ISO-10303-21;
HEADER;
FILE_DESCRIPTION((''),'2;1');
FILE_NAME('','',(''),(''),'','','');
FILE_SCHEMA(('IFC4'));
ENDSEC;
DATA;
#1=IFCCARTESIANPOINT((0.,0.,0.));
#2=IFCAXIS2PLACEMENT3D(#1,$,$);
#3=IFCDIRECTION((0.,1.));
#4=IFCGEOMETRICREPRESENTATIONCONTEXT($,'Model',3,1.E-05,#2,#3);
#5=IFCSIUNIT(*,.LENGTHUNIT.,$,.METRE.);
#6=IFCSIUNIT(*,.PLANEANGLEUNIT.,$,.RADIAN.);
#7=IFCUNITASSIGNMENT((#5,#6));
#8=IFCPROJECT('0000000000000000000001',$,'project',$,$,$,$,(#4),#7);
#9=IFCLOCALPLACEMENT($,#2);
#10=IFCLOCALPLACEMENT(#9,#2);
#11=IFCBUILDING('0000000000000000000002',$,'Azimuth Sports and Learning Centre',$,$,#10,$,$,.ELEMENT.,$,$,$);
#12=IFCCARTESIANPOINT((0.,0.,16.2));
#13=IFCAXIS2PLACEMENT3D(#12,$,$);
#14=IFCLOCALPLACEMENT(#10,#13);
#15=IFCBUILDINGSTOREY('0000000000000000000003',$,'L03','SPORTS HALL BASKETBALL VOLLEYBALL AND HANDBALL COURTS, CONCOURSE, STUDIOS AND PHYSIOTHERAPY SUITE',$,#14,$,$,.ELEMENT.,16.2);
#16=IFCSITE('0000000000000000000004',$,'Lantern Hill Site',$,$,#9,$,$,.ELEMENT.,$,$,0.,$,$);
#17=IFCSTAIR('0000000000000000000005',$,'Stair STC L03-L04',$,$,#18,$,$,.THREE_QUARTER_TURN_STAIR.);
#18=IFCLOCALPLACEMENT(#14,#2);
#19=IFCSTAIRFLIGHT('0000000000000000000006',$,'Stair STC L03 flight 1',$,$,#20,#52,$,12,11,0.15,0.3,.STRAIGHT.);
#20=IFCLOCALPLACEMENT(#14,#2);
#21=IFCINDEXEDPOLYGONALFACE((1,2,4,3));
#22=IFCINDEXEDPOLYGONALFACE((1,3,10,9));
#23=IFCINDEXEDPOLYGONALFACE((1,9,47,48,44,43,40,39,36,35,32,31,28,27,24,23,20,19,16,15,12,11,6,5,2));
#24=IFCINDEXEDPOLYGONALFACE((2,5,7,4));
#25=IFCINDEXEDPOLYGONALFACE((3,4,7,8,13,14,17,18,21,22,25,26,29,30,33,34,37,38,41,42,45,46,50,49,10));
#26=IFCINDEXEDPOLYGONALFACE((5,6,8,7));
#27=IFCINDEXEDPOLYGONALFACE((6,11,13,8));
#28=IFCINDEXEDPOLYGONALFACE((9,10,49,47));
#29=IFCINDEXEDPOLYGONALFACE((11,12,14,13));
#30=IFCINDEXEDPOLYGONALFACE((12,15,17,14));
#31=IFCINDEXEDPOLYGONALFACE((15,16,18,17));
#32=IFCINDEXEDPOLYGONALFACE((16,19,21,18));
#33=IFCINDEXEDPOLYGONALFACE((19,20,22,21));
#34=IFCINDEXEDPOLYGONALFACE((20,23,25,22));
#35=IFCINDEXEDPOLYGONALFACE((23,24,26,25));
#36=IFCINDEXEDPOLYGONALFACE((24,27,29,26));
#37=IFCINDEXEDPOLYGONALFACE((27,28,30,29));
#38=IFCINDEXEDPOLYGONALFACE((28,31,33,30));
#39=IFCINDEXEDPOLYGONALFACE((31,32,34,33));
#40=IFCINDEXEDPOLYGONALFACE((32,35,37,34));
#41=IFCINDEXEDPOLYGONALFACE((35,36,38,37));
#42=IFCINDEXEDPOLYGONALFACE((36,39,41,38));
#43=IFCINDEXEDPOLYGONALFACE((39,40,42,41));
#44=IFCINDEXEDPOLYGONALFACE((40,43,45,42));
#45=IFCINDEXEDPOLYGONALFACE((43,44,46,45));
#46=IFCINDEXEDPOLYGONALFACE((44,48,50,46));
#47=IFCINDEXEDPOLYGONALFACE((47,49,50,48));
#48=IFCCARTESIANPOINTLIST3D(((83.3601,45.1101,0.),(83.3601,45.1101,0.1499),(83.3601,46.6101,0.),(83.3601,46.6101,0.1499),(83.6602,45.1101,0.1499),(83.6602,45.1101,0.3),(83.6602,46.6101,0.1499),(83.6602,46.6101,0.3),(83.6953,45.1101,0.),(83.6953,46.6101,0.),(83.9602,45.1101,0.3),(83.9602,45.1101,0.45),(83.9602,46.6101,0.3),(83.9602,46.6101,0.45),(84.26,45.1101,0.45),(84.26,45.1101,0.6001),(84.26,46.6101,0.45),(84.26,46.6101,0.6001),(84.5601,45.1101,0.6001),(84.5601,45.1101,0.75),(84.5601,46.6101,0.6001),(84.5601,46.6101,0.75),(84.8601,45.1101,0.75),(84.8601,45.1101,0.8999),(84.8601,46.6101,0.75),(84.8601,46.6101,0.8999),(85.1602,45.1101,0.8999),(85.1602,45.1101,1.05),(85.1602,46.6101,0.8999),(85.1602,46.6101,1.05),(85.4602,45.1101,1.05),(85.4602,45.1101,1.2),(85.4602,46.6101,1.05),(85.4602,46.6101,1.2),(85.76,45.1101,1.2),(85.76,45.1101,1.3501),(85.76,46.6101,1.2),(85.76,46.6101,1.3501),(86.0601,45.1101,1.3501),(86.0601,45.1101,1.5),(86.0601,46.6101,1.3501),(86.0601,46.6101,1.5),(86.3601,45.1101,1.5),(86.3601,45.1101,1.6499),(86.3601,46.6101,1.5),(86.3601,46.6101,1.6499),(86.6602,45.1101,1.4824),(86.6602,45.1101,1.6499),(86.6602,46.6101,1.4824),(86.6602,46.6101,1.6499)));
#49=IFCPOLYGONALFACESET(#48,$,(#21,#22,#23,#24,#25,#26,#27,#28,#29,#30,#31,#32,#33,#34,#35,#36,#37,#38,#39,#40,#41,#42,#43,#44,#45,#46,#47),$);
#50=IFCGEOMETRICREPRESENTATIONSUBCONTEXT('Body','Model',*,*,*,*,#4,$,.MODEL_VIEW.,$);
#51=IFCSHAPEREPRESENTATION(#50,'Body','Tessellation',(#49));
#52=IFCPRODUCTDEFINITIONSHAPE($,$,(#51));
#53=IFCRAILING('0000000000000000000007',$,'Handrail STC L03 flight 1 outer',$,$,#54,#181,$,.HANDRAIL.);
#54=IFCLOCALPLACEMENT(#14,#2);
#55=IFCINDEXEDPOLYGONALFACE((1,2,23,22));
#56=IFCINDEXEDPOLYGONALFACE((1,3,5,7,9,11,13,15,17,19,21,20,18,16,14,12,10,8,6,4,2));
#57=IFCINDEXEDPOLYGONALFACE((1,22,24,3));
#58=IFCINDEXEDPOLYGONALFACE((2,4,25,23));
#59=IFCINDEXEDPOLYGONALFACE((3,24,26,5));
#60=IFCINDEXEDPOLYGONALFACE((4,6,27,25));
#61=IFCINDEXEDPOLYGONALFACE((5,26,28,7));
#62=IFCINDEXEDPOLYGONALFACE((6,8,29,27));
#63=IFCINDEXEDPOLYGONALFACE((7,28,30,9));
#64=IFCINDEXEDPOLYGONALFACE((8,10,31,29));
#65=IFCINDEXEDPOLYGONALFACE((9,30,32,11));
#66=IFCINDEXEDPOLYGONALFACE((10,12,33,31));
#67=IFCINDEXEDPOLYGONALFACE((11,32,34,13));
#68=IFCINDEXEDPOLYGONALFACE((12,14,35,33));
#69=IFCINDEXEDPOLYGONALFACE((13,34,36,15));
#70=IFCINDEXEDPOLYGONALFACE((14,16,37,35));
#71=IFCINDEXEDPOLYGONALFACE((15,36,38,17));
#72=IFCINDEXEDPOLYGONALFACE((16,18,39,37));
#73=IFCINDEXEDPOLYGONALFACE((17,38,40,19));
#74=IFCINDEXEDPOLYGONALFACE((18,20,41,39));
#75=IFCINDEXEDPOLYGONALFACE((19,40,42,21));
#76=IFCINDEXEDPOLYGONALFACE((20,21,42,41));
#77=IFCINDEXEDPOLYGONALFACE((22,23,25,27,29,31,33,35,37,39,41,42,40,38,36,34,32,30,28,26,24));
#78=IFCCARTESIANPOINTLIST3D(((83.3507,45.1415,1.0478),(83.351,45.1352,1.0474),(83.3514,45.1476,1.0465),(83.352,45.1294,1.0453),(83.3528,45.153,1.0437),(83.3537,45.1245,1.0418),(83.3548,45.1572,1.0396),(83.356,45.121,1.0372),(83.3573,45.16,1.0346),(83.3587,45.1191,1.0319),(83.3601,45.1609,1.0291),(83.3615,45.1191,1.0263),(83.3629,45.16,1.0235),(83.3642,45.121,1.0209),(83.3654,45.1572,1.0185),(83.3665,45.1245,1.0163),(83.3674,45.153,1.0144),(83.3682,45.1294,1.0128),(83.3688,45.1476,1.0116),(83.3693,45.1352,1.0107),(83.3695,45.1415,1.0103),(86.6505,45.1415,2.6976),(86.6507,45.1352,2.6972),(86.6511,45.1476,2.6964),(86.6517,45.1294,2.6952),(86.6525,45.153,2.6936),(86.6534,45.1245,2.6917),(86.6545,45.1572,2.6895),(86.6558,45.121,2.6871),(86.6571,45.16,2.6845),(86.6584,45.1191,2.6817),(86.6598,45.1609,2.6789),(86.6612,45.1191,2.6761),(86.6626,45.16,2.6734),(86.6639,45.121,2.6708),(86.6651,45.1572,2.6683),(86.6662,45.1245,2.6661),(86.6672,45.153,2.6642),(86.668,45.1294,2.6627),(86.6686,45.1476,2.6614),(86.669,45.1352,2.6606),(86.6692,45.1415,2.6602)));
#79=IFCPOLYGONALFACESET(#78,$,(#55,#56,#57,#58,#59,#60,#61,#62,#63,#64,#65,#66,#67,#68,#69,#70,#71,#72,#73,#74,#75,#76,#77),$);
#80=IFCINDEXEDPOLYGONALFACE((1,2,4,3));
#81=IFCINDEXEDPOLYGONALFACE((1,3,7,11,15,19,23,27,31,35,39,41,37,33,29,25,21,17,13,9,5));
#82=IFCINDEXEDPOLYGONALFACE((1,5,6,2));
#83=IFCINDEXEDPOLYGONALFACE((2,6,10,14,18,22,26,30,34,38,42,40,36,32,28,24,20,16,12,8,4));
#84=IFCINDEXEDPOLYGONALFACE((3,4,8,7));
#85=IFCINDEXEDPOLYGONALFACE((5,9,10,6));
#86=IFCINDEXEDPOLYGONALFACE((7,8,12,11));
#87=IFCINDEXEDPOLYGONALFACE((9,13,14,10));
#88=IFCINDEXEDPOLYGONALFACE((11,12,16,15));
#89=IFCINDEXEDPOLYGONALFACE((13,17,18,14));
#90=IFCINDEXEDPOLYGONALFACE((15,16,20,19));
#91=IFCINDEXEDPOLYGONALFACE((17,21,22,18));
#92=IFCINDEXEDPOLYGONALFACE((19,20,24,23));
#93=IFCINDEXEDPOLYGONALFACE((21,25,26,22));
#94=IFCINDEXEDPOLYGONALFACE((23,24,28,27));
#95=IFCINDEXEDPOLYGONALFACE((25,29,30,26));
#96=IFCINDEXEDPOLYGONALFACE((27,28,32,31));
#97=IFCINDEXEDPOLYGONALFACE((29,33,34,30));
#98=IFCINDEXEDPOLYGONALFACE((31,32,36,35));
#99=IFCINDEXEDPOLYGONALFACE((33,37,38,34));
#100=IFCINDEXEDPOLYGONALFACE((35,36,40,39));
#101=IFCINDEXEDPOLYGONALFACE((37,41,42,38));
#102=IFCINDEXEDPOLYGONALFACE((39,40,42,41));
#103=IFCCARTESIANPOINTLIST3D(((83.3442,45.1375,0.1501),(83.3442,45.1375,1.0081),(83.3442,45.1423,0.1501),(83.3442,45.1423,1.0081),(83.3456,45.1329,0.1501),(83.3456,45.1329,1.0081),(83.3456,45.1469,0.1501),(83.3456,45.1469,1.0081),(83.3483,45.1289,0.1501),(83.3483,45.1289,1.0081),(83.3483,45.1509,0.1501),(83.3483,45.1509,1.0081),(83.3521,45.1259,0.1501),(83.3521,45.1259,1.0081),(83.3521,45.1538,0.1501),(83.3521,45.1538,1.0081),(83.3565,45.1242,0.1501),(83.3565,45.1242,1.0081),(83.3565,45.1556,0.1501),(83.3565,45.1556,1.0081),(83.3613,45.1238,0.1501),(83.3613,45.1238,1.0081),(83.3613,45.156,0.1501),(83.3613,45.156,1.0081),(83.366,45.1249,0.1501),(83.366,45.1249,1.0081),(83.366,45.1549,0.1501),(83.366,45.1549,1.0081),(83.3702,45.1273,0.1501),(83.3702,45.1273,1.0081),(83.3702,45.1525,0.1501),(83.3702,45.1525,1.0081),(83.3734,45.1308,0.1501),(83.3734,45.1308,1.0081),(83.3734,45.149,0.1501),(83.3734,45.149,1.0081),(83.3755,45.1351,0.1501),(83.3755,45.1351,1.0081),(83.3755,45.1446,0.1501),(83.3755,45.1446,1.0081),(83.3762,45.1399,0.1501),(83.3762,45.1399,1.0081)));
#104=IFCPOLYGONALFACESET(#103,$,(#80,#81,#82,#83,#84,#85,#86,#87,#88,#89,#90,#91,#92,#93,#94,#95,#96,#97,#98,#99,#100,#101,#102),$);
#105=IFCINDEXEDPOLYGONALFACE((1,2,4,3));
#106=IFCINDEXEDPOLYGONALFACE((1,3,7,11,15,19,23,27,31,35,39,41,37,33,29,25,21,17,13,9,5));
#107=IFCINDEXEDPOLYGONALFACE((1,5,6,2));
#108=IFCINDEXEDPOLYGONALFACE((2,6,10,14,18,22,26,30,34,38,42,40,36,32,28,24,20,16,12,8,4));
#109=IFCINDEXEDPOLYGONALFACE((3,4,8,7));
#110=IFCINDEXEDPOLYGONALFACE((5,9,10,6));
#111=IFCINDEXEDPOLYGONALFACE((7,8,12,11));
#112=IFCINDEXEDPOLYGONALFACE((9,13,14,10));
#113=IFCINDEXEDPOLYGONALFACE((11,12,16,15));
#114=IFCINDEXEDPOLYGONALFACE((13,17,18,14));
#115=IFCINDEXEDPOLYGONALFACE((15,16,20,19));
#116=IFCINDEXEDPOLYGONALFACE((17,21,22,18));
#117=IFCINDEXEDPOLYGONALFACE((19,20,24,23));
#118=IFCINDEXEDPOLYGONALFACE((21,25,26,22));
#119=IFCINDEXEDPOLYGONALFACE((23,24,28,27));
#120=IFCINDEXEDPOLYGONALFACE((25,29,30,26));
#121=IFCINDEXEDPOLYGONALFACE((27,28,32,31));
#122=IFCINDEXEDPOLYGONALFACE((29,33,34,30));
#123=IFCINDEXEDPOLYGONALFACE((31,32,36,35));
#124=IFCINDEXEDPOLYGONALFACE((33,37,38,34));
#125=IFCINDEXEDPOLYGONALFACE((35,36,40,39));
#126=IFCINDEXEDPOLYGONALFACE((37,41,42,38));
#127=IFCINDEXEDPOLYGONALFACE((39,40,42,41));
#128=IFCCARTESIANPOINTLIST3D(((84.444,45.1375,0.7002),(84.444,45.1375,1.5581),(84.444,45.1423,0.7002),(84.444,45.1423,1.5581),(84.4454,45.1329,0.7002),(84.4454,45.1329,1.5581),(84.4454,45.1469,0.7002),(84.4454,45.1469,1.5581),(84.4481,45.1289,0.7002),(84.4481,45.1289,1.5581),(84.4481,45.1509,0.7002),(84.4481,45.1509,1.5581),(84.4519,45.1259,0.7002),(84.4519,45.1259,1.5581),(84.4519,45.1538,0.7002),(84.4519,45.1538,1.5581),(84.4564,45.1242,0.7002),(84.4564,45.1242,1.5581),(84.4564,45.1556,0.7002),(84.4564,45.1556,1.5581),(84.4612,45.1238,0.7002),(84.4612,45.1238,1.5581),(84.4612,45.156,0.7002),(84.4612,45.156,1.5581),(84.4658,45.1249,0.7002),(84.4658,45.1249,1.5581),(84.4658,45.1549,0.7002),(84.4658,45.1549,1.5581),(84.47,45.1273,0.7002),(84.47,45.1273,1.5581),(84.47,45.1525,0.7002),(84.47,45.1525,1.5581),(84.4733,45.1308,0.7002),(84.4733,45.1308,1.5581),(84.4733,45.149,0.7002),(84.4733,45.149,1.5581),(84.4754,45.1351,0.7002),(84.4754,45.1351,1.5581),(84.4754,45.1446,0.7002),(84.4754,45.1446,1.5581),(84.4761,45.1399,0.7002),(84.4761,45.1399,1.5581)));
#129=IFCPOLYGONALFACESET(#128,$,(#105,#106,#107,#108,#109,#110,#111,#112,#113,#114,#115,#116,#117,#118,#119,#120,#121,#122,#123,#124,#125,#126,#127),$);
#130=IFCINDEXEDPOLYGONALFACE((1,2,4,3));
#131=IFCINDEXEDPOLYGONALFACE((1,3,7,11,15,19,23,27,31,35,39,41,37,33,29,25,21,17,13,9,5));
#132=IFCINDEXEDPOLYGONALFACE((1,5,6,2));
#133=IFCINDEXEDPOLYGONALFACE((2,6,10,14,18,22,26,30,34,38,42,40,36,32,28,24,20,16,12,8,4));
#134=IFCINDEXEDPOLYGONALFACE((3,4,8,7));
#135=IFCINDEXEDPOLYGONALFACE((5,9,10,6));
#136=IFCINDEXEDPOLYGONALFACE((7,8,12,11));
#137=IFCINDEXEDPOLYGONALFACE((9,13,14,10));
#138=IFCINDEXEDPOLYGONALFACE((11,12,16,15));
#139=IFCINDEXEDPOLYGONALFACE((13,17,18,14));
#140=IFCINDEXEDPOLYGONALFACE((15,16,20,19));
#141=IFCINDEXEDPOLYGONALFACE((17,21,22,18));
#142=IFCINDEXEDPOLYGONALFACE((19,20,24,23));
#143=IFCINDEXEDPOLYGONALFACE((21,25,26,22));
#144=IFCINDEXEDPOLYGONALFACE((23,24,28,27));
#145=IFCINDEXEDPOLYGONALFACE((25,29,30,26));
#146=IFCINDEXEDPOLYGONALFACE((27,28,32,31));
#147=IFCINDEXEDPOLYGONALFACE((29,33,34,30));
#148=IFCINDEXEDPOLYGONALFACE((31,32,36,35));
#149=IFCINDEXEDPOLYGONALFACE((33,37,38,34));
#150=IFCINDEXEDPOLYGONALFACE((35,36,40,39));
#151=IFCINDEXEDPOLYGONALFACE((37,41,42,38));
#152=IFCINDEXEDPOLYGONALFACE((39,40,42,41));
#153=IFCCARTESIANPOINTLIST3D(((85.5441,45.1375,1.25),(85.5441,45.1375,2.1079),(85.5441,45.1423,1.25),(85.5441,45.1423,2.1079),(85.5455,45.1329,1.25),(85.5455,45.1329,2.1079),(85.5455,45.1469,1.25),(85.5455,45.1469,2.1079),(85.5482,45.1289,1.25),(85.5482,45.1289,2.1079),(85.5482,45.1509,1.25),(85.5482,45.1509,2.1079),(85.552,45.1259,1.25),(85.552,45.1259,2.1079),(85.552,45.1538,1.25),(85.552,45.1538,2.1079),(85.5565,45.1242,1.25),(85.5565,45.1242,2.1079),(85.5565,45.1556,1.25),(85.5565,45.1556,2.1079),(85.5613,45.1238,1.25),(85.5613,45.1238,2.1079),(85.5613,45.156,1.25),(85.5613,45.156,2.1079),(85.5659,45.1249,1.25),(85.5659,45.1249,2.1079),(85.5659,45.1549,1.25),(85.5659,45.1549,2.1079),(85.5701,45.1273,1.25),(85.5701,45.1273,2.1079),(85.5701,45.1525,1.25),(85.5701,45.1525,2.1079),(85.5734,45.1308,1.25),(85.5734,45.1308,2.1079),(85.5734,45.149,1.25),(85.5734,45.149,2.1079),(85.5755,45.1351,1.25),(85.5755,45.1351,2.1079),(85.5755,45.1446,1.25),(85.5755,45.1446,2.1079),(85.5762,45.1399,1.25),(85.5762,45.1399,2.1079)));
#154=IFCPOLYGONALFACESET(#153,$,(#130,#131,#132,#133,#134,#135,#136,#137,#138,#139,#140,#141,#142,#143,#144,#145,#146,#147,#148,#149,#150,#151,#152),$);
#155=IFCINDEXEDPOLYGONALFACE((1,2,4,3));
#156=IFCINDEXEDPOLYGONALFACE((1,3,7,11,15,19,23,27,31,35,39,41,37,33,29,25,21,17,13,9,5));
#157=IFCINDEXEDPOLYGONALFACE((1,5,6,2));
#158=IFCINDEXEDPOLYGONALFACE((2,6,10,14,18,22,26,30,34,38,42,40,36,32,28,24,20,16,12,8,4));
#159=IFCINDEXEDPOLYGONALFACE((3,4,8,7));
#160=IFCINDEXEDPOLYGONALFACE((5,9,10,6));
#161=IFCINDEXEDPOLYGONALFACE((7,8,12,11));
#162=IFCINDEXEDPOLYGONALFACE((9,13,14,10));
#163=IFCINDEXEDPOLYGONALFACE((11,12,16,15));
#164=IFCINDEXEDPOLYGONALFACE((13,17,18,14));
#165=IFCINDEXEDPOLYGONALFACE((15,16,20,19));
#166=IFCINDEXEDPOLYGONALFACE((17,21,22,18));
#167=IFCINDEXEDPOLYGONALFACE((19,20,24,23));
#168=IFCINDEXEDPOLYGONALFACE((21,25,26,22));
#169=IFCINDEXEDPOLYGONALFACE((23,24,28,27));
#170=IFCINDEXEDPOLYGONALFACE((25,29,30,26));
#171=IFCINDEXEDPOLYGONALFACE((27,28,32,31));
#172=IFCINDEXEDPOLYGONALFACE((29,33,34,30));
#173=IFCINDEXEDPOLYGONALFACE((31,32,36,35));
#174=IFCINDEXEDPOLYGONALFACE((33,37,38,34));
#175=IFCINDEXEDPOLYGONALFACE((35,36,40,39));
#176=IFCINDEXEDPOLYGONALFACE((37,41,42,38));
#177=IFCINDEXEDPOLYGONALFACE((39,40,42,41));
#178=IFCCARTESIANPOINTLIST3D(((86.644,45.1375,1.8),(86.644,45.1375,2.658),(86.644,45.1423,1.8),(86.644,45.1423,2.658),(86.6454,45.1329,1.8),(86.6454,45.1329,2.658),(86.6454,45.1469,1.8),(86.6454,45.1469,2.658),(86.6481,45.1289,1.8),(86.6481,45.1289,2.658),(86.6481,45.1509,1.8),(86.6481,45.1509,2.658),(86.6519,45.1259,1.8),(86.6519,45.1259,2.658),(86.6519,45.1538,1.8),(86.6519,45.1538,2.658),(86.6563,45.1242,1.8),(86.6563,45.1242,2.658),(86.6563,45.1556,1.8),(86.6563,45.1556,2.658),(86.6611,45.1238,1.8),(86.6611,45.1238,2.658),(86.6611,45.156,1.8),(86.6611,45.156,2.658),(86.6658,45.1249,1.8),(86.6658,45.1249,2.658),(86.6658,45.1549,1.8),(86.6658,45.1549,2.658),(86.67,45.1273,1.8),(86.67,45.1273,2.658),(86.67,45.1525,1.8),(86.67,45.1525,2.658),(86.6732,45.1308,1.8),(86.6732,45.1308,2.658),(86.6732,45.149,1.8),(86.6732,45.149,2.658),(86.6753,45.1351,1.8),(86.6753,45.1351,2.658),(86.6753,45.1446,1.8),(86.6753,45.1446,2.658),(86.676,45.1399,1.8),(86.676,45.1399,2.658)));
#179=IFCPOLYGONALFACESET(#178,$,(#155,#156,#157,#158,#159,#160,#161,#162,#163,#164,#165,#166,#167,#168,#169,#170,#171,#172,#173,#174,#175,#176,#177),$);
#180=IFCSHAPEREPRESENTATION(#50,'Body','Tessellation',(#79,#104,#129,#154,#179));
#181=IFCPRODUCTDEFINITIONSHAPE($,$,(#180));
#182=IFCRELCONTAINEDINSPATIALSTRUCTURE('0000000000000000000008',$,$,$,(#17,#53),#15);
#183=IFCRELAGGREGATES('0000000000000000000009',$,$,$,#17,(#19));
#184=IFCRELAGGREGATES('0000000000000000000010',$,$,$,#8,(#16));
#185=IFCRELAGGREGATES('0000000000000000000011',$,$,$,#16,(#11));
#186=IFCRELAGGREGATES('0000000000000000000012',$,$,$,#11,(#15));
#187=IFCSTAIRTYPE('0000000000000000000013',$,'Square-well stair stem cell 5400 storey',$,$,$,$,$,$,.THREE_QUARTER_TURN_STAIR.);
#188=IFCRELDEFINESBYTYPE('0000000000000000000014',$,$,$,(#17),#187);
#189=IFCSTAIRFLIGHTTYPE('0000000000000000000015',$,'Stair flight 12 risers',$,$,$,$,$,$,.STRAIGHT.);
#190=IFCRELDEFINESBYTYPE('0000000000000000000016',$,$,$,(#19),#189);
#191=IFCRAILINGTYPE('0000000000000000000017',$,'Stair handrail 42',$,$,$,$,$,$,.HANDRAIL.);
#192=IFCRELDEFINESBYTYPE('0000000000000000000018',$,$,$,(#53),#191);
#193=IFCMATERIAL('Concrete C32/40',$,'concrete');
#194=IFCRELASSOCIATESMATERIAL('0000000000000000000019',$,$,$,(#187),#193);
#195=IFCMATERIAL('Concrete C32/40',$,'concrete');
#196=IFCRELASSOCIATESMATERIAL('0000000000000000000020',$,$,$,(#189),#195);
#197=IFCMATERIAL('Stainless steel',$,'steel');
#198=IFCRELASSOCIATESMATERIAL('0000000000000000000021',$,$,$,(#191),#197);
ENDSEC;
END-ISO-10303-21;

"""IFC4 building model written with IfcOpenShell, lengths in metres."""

from ifc_helpers import new_model, si_unit, direction, frame, origin, origin_2d, place, context, subcontext, project, spatial, polyline, circle, outline, extrude, material, type_object, element, aggregate, save


model = new_model("IFC4")

# Units and contexts
model_context = context("Model", 3, precision=1e-05, world=origin(), true_north=direction((0.0, 1.0)))
body_context = subcontext(model_context, "Body", "Model", "MODEL_VIEW")
ifc_project = project(units=[si_unit("LENGTHUNIT", "METRE"), si_unit("PLANEANGLEUNIT", "RADIAN")], contexts=[model_context])

# Site, building, storey
site_placement = place(None, origin())
site = spatial("IfcSite", under=ifc_project, at=site_placement, Name="Lantern Hill Site", CompositionType="ELEMENT", RefElevation=0.0)
building_placement = place(site_placement, origin())
building = spatial("IfcBuilding", under=site, at=building_placement, Name="Azimuth Sports and Learning Centre", CompositionType="ELEMENT")
storey_placement = place(building_placement, frame((0.0, 0.0, 16.2)))
storey = spatial("IfcBuildingStorey", under=building, at=storey_placement, Name="L03", Description="SPORTS HALL BASKETBALL VOLLEYBALL AND HANDBALL COURTS, CONCOURSE, STUDIOS AND PHYSIOTHERAPY SUITE", CompositionType="ELEMENT", Elevation=16.2)

# Stair, stair flight
ifc_material_1 = material(Name="Concrete C32/40", Category="concrete")
stair_type = type_object("IfcStairType", Name="Square-well stair stem cell 5400 storey", PredefinedType="THREE_QUARTER_TURN_STAIR", material=ifc_material_1)
stair_placement = place(storey_placement, origin())
stair = element("IfcStair", 1, at=stair_placement, inside=storey, type_object=stair_type, Name="Stair STC L03-L04", PredefinedType="THREE_QUARTER_TURN_STAIR")
ifc_material_2 = material(Name="Concrete C32/40", Category="concrete")
stair_flight_type = type_object("IfcStairFlightType", Name="Stair flight 12 risers", PredefinedType="STRAIGHT", material=ifc_material_2)
stair_flight_placement = place(storey_placement, frame((83.3601, 45.8601, 0.0), z_axis=(0.0, 0.0, 1.0), x_axis=(1.0, 0.0, 0.0)))
stair_flight = element("IfcStairFlight", 2, at=stair_flight_placement, type_object=stair_flight_type, Name="Stair STC L03 flight 1", NumberOfRisers=12, NumberOfTreads=11, PredefinedType="STRAIGHT", RiserHeight=0.15, TreadLength=0.3, context=body_context, shape_type="SweptSolid", body=[
    extrude(outline(polyline([(0.0, 0.0), (0.0, 0.1499), (0.3, 0.1499), (0.3, 0.3), (0.6001, 0.3), (0.6001, 0.45), (0.8999, 0.45), (0.8999, 0.6001), (1.2, 0.6001), (1.2, 0.75), (1.5, 0.75), (1.5, 0.8999), (1.8, 0.8999), (1.8, 1.05), (2.1001, 1.05), (2.1001, 1.2), (2.3999, 1.2), (2.3999, 1.3501), (2.7, 1.3501), (2.7, 1.5), (3.0, 1.5), (3.0, 1.6499), (3.3, 1.6499), (3.3, 1.8), (3.3, 1.4824), (0.3352, 0.0), (0.0, 0.0)])), frame((0.0, 0.75, 0.0), z_axis=(0.0, -1.0, 0.0), x_axis=(1.0, 0.0, 0.0)), (0.0, 0.0, 1.0), 1.5),
])
aggregate(stair, [stair_flight])

# Railing
ifc_material_3 = material(Name="Stainless steel", Category="steel")
railing_type = type_object("IfcRailingType", Name="Stair handrail 42", PredefinedType="HANDRAIL", material=ifc_material_3)
railing_placement = place(storey_placement, frame((83.3601, 45.1399, 0.1501)))
element("IfcRailing", 3, at=railing_placement, inside=storey, type_object=railing_type, Name="Handrail STC L03 flight 1 outer", PredefinedType="HANDRAIL", context=body_context, shape_type="SweptSolid", body=[
    extrude(circle(Radius=0.021, at=origin_2d()), frame((0.0, 0.0, 0.8789), z_axis=(0.894427, 0.0, 0.447214), x_axis=(0.0, 1.0, 0.0)), (0.0, 0.0, 1.0), 3.6892),
    extrude(circle(Radius=0.0161, at=origin_2d()), origin(), (0.0, 0.0, 1.0), 0.8579),
    extrude(circle(Radius=0.0161, at=origin_2d()), frame((1.0999, 0.0, 0.55)), (0.0, 0.0, 1.0), 0.8579),
    extrude(circle(Radius=0.0161, at=origin_2d()), frame((2.2, 0.0, 1.0999)), (0.0, 0.0, 1.0), 0.8579),
    extrude(circle(Radius=0.0161, at=origin_2d()), frame((3.2998, 0.0, 1.6499)), (0.0, 0.0, 1.0), 0.8579),
])

save(model, "model.ifc")
